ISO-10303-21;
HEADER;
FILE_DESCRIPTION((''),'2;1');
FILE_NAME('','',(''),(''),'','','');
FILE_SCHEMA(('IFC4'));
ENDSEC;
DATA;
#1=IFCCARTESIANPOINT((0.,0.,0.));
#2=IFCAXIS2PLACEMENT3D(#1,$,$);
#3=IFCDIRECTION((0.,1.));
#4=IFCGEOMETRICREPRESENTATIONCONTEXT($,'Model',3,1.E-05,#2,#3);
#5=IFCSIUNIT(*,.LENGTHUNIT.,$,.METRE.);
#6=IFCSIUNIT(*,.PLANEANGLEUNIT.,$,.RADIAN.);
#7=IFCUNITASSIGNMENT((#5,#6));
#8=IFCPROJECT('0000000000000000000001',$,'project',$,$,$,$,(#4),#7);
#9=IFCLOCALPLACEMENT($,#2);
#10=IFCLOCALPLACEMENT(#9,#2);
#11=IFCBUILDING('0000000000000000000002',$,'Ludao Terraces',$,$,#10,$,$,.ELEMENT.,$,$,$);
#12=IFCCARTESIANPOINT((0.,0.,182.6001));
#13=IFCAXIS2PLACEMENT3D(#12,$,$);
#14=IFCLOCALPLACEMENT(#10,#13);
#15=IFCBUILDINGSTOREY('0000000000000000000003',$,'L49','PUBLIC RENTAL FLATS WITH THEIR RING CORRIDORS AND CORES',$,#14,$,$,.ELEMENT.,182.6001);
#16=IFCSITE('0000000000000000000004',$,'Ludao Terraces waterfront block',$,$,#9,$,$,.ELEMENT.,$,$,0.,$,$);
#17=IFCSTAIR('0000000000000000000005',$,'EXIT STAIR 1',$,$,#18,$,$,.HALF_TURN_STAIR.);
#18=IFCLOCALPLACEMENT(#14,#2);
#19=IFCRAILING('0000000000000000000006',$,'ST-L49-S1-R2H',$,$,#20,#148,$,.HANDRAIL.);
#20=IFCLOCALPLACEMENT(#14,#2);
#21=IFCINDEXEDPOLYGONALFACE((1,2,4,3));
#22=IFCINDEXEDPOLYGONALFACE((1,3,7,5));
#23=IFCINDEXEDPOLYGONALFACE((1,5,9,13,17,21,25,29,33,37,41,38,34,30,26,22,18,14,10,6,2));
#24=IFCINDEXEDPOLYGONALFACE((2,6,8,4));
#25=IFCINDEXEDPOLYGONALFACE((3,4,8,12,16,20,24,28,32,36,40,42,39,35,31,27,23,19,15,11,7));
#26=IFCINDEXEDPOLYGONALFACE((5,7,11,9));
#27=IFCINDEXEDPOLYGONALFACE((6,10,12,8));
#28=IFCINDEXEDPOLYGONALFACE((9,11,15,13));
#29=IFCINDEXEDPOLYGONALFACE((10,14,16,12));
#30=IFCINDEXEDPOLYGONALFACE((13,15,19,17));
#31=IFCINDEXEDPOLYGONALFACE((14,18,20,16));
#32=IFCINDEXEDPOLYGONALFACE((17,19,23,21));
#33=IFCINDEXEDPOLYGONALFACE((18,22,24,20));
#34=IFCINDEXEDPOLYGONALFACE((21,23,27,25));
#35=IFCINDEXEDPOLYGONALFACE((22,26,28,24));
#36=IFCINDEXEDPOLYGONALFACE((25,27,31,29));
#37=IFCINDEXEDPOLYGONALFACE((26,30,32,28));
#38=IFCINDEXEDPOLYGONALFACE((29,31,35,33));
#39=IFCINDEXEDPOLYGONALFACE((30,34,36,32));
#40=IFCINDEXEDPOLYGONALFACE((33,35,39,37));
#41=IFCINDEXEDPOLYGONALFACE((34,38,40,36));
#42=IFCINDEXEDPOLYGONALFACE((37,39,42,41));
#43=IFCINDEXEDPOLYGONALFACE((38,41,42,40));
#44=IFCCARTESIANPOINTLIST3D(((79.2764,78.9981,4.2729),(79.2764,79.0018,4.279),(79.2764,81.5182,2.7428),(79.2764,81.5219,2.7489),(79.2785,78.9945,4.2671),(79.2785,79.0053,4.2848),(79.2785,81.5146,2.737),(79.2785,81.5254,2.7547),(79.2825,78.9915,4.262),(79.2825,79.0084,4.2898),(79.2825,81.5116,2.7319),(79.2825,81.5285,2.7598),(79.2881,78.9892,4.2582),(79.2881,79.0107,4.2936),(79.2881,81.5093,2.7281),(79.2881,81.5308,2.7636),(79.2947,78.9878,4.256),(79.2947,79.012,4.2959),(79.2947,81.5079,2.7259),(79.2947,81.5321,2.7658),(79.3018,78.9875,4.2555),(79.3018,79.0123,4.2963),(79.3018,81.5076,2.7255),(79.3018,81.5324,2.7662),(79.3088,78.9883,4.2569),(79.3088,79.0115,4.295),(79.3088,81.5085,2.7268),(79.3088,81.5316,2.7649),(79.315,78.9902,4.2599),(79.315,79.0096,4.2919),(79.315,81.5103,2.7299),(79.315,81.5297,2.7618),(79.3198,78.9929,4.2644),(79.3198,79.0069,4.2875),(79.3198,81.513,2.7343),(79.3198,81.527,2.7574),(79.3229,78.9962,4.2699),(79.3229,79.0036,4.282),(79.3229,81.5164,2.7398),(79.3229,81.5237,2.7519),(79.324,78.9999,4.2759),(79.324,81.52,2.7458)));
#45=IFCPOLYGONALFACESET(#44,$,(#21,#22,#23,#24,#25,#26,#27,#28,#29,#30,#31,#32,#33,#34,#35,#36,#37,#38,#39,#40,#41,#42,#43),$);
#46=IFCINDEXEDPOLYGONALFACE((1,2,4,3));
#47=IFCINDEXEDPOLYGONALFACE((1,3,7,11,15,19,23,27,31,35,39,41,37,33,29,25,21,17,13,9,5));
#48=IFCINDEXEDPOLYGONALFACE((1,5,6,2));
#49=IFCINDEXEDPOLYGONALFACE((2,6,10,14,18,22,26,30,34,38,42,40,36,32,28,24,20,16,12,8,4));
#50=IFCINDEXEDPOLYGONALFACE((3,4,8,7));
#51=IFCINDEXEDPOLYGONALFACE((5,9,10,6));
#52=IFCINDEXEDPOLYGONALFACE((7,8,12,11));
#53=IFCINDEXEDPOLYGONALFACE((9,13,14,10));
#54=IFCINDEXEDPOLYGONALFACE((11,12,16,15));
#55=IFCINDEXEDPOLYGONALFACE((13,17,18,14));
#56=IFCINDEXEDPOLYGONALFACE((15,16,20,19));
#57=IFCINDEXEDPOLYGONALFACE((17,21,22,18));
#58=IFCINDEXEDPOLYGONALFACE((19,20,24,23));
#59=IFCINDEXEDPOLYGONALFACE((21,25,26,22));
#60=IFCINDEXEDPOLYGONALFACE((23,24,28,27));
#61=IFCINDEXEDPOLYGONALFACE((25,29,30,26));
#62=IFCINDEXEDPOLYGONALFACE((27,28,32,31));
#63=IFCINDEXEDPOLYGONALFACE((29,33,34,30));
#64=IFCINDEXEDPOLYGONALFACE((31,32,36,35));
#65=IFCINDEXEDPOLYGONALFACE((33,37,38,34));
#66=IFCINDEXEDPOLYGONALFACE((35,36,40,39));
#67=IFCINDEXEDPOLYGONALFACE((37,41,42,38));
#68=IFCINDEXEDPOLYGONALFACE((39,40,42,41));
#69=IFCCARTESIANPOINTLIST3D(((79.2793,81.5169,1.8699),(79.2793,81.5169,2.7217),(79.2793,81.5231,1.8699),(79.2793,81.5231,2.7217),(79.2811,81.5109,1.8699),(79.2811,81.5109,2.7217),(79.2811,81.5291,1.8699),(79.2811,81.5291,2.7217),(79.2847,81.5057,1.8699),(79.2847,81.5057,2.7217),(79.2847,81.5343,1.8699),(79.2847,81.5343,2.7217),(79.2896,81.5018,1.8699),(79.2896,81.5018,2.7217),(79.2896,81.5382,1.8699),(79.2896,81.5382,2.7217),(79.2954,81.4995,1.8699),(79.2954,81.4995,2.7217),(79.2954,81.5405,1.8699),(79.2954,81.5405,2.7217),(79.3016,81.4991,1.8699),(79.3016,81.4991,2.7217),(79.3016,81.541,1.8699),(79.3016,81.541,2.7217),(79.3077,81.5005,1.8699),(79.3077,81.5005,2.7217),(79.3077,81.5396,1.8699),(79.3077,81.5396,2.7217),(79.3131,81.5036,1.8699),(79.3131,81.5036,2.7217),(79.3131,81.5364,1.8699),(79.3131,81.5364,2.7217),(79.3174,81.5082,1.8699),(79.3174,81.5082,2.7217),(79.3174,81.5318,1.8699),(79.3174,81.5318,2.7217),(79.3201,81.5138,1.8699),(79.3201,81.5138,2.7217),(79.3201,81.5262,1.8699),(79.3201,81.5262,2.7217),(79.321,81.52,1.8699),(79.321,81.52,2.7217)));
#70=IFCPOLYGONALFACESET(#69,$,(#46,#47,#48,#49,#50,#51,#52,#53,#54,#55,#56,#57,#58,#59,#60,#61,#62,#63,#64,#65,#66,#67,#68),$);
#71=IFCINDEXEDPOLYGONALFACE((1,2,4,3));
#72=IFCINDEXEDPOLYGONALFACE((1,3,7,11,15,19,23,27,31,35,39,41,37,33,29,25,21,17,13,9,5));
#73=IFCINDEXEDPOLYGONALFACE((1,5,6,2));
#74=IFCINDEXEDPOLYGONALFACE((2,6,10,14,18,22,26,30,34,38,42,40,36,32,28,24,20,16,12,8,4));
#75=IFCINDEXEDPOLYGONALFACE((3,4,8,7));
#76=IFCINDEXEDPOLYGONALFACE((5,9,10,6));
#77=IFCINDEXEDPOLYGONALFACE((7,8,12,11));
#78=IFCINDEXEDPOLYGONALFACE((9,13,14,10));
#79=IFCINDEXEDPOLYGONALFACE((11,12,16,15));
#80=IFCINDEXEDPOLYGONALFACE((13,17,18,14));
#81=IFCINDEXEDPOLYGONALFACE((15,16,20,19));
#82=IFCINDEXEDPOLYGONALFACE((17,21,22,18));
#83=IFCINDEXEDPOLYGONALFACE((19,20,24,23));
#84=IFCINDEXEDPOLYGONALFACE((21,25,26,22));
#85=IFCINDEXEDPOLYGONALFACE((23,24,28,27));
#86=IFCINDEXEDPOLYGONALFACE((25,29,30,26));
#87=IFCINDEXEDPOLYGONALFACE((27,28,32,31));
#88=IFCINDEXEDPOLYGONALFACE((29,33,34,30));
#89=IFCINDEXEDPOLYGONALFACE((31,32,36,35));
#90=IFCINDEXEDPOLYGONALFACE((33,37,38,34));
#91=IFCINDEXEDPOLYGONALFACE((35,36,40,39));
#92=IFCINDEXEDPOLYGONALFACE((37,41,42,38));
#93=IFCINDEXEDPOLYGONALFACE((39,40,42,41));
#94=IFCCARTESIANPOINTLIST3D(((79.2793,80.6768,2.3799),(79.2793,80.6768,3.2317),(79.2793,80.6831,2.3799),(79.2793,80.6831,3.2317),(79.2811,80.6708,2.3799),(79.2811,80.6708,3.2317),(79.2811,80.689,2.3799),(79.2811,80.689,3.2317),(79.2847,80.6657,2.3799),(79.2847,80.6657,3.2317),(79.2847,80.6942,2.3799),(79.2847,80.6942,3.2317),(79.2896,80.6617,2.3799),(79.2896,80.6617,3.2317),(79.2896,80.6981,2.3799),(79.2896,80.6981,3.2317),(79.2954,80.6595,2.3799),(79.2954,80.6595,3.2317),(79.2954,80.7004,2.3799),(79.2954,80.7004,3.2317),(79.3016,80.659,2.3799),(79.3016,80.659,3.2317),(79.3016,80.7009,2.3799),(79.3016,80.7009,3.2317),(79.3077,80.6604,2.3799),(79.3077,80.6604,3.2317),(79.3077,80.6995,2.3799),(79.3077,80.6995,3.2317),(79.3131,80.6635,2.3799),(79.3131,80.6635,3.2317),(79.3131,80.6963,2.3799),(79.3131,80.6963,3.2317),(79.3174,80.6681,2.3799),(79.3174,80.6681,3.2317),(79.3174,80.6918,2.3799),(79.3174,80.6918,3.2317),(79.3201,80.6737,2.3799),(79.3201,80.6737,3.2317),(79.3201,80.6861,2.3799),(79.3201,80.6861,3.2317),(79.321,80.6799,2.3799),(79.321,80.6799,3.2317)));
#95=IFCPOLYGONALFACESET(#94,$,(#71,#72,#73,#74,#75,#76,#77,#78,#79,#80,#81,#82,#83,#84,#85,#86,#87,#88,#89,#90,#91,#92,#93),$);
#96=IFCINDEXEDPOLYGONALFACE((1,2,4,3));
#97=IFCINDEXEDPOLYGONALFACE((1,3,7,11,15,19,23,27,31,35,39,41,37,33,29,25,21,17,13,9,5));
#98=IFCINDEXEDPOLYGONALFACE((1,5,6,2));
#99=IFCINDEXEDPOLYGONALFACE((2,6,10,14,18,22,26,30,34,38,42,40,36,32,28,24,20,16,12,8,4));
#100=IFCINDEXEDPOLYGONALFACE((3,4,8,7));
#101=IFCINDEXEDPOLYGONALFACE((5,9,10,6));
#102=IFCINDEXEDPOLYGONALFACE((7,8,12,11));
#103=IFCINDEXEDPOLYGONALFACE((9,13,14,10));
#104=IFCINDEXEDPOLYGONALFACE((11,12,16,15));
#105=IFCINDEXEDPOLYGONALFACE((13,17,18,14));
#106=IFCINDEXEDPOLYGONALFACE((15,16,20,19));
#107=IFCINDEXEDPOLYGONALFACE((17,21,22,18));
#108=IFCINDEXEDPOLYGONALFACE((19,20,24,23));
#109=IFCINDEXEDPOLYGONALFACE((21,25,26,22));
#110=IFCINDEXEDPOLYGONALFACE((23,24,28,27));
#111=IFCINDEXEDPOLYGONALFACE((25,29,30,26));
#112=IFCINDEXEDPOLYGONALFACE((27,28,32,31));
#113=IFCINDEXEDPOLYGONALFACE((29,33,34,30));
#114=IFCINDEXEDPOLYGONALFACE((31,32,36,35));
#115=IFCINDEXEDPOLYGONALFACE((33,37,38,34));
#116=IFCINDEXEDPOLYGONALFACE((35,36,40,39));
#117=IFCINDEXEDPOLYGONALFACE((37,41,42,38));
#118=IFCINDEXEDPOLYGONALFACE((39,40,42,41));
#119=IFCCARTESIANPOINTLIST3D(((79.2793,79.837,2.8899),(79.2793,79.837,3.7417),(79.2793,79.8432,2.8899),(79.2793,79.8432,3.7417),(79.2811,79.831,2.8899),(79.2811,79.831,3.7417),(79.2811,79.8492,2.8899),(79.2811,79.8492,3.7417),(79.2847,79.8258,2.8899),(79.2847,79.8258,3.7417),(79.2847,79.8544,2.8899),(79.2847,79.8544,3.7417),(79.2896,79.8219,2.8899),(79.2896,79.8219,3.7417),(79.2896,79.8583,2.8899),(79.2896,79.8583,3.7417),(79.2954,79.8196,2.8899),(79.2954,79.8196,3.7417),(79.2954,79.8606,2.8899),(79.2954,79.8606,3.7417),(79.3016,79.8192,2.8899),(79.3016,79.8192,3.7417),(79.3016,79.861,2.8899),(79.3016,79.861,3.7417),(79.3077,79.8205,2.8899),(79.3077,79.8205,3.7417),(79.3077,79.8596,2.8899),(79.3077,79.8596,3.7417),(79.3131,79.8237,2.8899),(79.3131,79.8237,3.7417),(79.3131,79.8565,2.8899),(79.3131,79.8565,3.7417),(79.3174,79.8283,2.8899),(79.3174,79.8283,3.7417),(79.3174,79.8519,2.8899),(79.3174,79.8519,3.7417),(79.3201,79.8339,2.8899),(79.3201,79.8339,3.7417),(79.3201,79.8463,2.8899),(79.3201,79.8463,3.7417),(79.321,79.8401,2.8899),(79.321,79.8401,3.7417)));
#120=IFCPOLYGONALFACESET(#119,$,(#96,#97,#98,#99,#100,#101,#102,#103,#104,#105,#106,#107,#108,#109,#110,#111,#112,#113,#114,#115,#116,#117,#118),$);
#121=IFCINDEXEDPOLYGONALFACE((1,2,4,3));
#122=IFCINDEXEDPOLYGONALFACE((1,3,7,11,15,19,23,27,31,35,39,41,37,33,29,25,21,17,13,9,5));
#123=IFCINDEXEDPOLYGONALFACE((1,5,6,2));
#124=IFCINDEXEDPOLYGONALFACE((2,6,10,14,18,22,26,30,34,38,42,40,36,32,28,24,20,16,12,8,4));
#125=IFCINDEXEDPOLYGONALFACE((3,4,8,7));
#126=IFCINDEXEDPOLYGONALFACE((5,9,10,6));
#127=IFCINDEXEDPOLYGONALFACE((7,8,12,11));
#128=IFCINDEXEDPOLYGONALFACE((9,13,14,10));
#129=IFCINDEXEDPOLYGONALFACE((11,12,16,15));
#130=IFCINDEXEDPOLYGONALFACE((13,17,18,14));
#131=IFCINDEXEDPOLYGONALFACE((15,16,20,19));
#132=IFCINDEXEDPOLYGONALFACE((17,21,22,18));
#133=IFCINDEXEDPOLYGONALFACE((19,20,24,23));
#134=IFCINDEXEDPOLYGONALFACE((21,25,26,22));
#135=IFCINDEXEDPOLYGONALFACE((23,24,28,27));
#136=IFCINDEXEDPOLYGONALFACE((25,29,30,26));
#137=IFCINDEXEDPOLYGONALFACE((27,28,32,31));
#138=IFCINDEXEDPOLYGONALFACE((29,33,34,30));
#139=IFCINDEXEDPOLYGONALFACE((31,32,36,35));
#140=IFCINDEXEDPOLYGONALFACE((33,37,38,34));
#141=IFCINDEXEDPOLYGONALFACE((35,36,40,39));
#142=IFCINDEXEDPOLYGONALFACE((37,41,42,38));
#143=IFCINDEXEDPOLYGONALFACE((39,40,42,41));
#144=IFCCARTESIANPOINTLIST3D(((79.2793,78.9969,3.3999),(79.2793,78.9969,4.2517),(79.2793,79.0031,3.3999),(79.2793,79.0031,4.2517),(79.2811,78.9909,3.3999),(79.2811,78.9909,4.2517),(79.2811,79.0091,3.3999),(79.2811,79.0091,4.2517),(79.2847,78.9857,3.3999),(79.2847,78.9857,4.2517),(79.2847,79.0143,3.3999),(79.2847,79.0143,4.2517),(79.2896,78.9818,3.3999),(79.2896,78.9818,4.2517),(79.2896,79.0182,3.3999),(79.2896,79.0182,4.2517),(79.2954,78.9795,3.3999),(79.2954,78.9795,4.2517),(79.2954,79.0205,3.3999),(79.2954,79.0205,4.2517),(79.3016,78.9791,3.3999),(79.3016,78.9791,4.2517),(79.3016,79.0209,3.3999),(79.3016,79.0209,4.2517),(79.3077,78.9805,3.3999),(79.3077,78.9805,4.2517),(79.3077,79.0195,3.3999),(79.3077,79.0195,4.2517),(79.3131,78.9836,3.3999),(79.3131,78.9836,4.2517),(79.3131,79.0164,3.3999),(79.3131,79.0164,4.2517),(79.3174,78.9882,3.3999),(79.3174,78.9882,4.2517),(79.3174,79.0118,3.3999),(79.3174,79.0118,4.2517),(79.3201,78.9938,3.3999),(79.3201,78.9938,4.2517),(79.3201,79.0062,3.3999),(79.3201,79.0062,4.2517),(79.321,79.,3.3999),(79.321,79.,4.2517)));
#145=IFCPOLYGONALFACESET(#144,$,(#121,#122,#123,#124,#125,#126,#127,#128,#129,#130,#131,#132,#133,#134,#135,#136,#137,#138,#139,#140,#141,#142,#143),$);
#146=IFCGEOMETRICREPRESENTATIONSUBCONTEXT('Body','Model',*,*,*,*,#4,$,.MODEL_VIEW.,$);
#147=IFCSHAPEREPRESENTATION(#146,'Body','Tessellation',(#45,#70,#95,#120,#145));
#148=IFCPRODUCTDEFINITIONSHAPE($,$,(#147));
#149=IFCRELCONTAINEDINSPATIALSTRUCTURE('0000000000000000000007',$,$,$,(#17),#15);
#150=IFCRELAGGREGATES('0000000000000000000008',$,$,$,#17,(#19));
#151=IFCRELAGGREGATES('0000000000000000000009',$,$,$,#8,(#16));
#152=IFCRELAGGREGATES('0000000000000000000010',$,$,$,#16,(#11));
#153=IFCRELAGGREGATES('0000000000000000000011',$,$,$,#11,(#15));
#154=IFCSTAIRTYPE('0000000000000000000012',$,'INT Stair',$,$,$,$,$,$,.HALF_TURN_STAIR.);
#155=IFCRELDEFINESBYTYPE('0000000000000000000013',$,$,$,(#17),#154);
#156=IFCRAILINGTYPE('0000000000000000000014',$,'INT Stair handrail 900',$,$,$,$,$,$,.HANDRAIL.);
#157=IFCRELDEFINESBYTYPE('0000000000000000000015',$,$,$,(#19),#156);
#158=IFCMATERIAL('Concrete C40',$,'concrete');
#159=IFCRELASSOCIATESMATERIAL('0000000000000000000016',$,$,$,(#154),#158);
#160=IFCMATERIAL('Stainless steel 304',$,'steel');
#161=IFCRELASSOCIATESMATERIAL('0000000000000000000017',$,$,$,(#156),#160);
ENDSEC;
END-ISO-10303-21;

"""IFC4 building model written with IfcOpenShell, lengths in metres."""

from ifc_helpers import new_model, si_unit, direction, frame, origin, origin_2d, place, context, subcontext, project, spatial, circle, extrude, material, type_object, element, aggregate, save


model = new_model("IFC4")

# Units and contexts
model_context = context("Model", 3, precision=1e-05, world=origin(), true_north=direction((0.0, 1.0)))
body_context = subcontext(model_context, "Body", "Model", "MODEL_VIEW")
ifc_project = project(units=[si_unit("LENGTHUNIT", "METRE"), si_unit("PLANEANGLEUNIT", "RADIAN")], contexts=[model_context])

# Site, building, storey
site_placement = place(None, origin())
site = spatial("IfcSite", under=ifc_project, at=site_placement, Name="Ludao Terraces waterfront block", CompositionType="ELEMENT", RefElevation=0.0)
building_placement = place(site_placement, origin())
building = spatial("IfcBuilding", under=site, at=building_placement, Name="Ludao Terraces", CompositionType="ELEMENT")
storey_placement = place(building_placement, frame((0.0, 0.0, 182.6001)))
storey = spatial("IfcBuildingStorey", under=building, at=storey_placement, Name="L49", Description="PUBLIC RENTAL FLATS WITH THEIR RING CORRIDORS AND CORES", CompositionType="ELEMENT", Elevation=182.6001)

# Shared definitions
ifc_material_1 = material(Name="Stainless steel 304", Category="steel")

# Stair, railing
ifc_material_2 = material(Name="Concrete C40", Category="concrete")
stair_type = type_object("IfcStairType", Name="INT Stair", PredefinedType="HALF_TURN_STAIR", material=ifc_material_2)
stair_placement = place(storey_placement, origin())
stair = element("IfcStair", 1, at=stair_placement, inside=storey, type_object=stair_type, Name="EXIT STAIR 1", PredefinedType="HALF_TURN_STAIR")
railing_type_1 = type_object("IfcRailingType", Name="INT Stair handrail 900", PredefinedType="HANDRAIL", material=ifc_material_1)
railing_1_placement = place(storey_placement, frame((79.3, 81.52, 1.8699)))
railing_1 = element("IfcRailing", 2, at=railing_1_placement, type_object=railing_type_1, Name="ST-L49-S1-R2H", PredefinedType="HANDRAIL", context=body_context, shape_type="SweptSolid", body=[
    extrude(circle(Radius=0.0239, at=origin_2d()), frame((0.0, 0.0, 0.876), z_axis=(0.0, -0.854785, 0.518982), x_axis=(1.0, 0.0, 0.0)), (0.0, 0.0, 1.0), 2.9482),
    extrude(circle(Radius=0.021, at=origin_2d()), origin(), (0.0, 0.0, 1.0), 0.8518),
    extrude(circle(Radius=0.021, at=origin_2d()), frame((0.0, -0.8401, 0.51)), (0.0, 0.0, 1.0), 0.8518),
    extrude(circle(Radius=0.021, at=origin_2d()), frame((0.0, -1.6799, 1.02)), (0.0, 0.0, 1.0), 0.8518),
    extrude(circle(Radius=0.021, at=origin_2d()), frame((0.0, -2.52, 1.53)), (0.0, 0.0, 1.0), 0.8518),
])
aggregate(stair, [railing_1])

save(model, "model.ifc")
